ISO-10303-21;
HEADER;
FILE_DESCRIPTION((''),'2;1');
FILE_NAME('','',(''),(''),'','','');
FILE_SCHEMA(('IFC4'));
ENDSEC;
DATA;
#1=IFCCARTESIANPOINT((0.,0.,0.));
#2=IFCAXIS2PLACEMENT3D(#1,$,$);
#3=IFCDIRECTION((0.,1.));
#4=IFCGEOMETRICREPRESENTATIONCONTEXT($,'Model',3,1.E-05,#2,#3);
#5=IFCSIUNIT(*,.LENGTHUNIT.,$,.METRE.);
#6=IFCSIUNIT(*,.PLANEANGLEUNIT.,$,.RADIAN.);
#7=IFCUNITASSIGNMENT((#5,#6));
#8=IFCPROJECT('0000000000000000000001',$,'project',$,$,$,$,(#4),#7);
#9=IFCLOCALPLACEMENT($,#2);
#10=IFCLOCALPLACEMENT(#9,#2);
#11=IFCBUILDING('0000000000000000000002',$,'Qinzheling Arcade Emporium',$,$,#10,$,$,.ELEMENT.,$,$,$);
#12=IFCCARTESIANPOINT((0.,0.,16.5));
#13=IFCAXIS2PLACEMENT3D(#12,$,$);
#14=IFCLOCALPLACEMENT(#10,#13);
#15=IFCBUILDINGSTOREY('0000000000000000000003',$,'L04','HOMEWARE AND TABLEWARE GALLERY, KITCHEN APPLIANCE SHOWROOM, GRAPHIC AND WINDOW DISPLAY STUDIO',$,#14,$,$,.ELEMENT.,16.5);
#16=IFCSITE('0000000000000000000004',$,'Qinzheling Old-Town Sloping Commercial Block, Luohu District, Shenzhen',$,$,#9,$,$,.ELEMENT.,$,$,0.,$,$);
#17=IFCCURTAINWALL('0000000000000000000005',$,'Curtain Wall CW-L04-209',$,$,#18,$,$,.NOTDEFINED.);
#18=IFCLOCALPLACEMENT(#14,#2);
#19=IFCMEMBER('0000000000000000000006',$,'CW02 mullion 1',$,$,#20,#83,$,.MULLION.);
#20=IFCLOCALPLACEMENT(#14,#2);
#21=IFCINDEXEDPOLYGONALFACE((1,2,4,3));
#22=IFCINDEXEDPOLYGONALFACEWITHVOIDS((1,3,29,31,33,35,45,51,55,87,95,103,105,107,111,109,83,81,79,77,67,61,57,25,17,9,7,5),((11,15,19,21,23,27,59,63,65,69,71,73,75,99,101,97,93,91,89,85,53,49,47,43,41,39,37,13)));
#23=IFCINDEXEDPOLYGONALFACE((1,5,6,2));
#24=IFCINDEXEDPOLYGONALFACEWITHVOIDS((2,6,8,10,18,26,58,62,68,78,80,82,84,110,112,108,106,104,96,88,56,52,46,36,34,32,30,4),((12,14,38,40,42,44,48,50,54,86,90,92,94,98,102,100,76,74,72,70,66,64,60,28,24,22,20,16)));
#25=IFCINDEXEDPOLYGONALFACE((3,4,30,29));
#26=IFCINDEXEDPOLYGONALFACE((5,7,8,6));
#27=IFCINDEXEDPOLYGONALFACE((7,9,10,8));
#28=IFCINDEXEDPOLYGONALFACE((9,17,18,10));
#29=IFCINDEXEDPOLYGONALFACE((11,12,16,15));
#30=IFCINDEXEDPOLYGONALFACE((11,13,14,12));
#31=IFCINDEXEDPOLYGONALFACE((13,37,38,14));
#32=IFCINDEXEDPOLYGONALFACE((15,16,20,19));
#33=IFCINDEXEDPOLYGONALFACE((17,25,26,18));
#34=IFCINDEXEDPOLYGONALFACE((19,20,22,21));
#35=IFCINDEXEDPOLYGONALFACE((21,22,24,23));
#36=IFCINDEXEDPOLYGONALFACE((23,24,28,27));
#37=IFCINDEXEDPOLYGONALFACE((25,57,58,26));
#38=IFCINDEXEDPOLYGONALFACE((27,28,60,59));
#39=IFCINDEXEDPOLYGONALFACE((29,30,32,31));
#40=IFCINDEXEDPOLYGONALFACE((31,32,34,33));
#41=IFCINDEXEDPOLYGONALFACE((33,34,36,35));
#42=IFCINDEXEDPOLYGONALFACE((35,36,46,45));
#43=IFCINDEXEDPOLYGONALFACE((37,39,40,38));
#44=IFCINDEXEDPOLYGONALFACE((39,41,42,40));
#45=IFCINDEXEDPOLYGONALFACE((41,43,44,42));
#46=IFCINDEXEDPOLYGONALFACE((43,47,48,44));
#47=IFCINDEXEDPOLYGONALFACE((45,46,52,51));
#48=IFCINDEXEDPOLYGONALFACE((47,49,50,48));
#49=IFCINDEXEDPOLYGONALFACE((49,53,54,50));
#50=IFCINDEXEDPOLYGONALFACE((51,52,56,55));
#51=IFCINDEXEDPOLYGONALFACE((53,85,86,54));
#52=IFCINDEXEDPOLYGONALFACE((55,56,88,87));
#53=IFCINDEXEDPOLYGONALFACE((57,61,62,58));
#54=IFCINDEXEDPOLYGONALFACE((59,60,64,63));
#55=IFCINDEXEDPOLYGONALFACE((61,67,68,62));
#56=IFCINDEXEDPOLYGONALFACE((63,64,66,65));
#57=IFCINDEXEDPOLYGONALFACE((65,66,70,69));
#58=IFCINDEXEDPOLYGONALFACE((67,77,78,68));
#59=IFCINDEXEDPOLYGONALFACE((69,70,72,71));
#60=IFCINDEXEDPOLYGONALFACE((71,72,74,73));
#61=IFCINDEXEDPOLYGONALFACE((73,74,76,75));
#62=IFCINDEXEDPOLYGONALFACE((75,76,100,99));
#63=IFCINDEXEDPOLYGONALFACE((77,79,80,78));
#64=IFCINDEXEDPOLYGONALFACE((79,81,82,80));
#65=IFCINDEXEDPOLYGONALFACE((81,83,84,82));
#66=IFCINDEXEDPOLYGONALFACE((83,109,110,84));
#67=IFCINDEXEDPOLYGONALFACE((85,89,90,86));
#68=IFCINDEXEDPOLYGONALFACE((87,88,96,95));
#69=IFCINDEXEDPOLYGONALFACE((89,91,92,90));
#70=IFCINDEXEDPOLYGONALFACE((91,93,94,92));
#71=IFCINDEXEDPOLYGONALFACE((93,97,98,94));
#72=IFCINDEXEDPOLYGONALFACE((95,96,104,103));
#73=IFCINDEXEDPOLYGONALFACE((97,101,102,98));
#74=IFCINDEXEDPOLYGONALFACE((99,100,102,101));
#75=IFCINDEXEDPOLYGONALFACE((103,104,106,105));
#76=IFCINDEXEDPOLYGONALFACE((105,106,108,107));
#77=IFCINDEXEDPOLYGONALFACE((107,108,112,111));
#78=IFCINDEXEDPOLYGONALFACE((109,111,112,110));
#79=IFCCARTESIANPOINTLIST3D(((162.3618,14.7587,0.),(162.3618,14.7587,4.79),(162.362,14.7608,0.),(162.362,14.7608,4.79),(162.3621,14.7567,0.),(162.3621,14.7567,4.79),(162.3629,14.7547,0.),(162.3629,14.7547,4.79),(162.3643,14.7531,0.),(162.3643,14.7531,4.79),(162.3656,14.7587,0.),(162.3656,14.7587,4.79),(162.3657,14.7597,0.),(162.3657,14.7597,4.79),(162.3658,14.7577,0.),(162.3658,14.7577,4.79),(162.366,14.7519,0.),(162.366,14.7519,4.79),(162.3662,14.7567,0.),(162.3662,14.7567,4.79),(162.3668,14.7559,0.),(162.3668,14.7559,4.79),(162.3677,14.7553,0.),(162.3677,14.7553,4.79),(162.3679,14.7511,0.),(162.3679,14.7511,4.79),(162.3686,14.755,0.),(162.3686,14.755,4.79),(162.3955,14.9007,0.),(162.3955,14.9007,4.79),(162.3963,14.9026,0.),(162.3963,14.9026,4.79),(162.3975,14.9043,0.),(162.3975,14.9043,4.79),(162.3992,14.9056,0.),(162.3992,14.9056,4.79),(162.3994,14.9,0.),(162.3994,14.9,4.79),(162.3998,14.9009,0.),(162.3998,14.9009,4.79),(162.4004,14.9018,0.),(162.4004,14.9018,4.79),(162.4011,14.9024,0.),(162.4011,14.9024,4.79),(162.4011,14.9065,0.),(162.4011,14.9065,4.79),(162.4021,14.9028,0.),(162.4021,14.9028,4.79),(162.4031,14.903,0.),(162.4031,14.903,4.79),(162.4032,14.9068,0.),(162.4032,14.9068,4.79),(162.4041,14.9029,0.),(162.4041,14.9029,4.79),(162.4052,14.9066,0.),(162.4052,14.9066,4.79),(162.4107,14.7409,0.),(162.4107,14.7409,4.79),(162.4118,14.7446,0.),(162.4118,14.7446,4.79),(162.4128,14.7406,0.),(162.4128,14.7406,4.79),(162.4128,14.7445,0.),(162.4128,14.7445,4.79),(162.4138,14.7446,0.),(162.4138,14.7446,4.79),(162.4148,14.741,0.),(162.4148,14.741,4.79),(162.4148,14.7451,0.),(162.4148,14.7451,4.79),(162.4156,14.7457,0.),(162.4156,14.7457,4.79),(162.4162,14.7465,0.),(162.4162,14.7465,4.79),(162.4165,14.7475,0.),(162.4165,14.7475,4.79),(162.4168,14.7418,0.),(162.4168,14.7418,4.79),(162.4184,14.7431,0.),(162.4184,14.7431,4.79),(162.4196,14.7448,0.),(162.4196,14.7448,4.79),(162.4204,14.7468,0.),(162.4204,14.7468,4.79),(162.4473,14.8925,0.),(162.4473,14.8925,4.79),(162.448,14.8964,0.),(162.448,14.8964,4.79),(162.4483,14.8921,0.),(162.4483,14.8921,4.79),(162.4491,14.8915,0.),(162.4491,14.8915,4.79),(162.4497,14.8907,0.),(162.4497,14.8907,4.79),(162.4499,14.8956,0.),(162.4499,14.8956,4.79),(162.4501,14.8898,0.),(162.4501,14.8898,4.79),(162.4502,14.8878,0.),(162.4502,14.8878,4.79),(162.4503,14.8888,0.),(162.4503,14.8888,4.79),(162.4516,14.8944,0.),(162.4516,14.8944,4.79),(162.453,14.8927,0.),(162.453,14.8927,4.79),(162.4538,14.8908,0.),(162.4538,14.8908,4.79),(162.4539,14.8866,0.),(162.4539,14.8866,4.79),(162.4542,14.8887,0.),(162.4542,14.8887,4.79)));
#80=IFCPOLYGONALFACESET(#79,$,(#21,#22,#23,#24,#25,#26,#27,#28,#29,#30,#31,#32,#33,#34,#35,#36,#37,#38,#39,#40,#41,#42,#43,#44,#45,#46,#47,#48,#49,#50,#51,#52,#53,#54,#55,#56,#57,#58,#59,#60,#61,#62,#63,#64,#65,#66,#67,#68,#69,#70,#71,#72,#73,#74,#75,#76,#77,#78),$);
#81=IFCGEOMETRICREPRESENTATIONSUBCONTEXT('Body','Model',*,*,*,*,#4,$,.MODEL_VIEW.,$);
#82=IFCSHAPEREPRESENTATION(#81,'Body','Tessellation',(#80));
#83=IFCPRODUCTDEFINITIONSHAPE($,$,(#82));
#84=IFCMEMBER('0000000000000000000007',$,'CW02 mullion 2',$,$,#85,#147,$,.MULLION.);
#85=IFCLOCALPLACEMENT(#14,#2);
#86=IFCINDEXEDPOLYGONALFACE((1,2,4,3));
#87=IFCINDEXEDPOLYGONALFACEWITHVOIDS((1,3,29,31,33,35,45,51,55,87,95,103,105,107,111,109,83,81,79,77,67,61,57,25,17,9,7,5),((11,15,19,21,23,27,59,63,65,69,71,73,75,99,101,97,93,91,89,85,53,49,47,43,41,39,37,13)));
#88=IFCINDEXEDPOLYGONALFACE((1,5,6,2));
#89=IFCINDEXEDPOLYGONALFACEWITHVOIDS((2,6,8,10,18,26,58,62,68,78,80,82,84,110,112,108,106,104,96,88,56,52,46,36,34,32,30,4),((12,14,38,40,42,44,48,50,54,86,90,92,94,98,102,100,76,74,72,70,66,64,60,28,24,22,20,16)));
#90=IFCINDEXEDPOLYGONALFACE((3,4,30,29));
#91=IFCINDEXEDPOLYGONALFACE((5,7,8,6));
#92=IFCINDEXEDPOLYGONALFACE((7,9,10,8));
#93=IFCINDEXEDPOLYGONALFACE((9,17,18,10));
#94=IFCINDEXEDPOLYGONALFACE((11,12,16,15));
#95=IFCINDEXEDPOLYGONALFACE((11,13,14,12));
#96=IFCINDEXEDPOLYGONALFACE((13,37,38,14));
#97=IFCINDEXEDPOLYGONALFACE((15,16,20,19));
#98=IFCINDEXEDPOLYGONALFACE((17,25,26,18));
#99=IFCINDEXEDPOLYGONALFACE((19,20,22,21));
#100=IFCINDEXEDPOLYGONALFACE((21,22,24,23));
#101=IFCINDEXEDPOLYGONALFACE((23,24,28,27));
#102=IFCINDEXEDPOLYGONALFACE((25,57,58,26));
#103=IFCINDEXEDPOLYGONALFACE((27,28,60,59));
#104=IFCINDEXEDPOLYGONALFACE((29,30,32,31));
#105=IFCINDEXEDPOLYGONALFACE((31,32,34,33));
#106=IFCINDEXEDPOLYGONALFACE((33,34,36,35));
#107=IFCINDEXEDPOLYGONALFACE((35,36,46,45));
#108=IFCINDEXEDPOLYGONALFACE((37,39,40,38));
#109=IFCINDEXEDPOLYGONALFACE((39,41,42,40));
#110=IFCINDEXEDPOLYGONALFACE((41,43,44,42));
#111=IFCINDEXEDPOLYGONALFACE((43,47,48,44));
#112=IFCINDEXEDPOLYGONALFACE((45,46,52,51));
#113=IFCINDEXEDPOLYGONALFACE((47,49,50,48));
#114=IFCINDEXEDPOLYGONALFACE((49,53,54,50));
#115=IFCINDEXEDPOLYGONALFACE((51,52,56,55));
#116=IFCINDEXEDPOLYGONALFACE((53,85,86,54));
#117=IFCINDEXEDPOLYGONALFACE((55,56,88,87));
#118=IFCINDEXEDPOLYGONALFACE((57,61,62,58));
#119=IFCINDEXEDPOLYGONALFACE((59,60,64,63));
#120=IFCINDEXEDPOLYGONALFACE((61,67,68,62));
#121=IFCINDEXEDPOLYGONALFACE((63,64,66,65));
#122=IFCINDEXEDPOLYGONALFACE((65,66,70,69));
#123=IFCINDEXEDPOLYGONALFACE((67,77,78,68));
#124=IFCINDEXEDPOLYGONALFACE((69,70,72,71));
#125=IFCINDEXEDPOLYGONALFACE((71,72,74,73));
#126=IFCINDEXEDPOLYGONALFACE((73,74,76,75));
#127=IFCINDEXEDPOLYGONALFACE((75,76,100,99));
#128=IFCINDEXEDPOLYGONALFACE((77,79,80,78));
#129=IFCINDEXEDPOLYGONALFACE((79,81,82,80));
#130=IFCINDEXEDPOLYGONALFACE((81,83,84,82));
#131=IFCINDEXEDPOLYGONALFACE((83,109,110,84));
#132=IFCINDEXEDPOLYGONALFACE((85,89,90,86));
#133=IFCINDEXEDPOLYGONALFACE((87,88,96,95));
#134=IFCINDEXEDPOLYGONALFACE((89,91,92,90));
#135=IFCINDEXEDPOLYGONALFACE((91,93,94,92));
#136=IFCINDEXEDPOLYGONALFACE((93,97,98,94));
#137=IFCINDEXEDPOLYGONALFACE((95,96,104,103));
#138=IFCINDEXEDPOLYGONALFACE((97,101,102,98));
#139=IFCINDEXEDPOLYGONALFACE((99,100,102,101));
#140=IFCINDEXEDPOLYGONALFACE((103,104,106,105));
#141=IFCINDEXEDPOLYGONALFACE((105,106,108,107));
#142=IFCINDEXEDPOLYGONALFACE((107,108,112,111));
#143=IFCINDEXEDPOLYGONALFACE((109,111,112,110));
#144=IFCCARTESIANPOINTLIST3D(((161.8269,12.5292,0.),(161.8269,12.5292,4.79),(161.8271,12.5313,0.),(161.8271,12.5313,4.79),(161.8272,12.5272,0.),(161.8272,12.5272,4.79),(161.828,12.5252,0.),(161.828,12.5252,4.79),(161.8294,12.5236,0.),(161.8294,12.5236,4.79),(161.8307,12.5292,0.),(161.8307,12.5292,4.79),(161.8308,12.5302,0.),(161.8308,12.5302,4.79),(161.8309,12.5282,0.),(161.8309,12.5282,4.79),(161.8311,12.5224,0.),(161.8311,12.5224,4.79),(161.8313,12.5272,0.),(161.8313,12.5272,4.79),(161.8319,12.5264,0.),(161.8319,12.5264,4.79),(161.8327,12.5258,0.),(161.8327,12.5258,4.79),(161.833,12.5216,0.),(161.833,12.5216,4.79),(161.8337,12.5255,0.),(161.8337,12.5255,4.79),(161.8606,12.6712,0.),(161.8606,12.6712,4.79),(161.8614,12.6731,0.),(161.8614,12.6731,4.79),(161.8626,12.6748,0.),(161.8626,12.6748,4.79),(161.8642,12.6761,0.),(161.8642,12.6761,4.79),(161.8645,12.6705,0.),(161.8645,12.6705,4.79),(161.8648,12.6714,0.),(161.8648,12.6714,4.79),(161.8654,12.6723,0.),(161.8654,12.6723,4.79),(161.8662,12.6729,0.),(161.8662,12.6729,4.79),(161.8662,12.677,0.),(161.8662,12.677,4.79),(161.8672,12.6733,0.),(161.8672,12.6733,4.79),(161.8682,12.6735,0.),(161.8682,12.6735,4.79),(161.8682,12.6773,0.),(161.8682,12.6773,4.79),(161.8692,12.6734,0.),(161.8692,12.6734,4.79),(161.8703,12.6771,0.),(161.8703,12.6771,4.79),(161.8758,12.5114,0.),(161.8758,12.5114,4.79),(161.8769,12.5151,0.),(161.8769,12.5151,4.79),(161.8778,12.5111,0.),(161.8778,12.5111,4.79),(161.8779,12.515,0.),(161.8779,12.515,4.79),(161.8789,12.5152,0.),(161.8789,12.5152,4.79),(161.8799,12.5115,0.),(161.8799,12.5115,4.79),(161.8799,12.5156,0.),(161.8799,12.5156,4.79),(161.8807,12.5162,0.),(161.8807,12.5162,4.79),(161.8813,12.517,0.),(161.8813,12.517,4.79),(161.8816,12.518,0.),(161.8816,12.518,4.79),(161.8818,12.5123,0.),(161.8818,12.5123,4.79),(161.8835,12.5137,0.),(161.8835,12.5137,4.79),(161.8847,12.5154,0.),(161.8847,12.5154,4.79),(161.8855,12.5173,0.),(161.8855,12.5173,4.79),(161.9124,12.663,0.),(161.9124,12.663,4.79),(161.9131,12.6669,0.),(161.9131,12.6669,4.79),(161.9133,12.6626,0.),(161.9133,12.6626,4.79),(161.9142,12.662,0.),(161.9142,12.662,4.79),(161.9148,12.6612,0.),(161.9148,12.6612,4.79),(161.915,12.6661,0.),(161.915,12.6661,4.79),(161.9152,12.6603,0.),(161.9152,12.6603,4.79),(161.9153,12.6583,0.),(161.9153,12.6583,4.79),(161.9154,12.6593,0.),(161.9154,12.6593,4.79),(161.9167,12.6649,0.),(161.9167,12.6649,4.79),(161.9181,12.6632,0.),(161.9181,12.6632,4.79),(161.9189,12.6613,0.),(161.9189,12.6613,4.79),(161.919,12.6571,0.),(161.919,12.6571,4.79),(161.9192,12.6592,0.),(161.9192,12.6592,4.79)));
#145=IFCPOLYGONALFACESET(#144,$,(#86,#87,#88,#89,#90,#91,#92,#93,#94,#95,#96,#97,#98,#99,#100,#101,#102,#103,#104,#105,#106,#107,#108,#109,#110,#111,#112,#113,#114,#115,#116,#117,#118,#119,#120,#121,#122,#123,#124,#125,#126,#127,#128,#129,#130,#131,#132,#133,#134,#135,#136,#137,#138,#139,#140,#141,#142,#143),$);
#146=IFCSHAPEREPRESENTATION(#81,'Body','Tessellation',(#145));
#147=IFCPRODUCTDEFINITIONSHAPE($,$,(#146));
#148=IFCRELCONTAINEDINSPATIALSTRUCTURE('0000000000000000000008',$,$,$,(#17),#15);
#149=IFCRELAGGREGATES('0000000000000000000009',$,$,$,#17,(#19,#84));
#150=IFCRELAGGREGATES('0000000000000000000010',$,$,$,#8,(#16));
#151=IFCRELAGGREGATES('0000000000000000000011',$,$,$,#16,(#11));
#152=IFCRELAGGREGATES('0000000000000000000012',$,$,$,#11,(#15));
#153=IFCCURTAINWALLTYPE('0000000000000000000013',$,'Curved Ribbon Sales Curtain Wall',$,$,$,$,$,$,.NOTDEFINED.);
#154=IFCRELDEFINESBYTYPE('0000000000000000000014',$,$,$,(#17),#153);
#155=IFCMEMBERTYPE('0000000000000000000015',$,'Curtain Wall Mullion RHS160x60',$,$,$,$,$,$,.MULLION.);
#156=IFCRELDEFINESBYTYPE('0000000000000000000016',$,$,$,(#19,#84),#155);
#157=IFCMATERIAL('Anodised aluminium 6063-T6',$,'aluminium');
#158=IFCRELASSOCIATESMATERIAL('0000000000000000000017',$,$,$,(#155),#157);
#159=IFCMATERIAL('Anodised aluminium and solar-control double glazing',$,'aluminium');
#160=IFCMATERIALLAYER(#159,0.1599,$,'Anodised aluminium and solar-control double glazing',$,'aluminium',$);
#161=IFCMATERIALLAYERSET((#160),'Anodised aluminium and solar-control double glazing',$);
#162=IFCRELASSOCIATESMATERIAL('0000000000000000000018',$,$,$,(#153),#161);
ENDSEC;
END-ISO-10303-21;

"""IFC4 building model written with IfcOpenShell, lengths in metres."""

from ifc_helpers import new_model, si_unit, direction, frame, origin, origin_2d, place, context, subcontext, project, spatial, hollow_rectangle, extrude, material, layer, layer_set, material_profile, profile_set, type_object, element, aggregate, save


model = new_model("IFC4")

# Units and contexts
model_context = context("Model", 3, precision=1e-05, world=origin(), true_north=direction((0.0, 1.0)))
body_context = subcontext(model_context, "Body", "Model", "MODEL_VIEW")
ifc_project = project(units=[si_unit("LENGTHUNIT", "METRE"), si_unit("PLANEANGLEUNIT", "RADIAN")], contexts=[model_context])

# Site, building, storey
site_placement = place(None, origin())
site = spatial("IfcSite", under=ifc_project, at=site_placement, Name="Qinzheling Old-Town Sloping Commercial Block, Luohu District, Shenzhen", CompositionType="ELEMENT", RefElevation=0.0)
building_placement = place(site_placement, origin())
building = spatial("IfcBuilding", under=site, at=building_placement, Name="Qinzheling Arcade Emporium", CompositionType="ELEMENT")
storey_placement = place(building_placement, frame((0.0, 0.0, 16.5)))
storey = spatial("IfcBuildingStorey", under=building, at=storey_placement, Name="L04", Description="HOMEWARE AND TABLEWARE GALLERY, KITCHEN APPLIANCE SHOWROOM, GRAPHIC AND WINDOW DISPLAY STUDIO", CompositionType="ELEMENT", Elevation=16.5)

# Curtain wall, members
ifc_material_1 = material(Name="Anodised aluminium and solar-control double glazing", Category="aluminium")
ifc_material_2 = material(Name="Anodised aluminium 6063-T6", Category="aluminium")
ifc_material_profile_1 = material_profile(ifc_material_2, hollow_rectangle(XDim=0.0601, YDim=0.1599, WallThickness=0.0039, InnerFilletRadius=0.0039, OuterFilletRadius=0.0081, at=origin_2d()), Name="RHS 160x60x4", Category="aluminium")
ifc_profile_set_1 = profile_set([ifc_material_profile_1], Name="Anodised aluminium 6063-T6")
member_type_1 = type_object("IfcMemberType", Name="Curtain Wall Mullion RHS160x60", PredefinedType="MULLION", material=ifc_profile_set_1)
ifc_layer_1 = layer(ifc_material_1, 0.1599, Name="Anodised aluminium and solar-control double glazing", Category="aluminium")
ifc_layer_set_1 = layer_set([ifc_layer_1], Name="Anodised aluminium and solar-control double glazing")
curtain_wall_type_1 = type_object("IfcCurtainWallType", Name="Curved Ribbon Sales Curtain Wall", PredefinedType="NOTDEFINED", material=ifc_layer_set_1)
curtain_wall_1_placement = place(storey_placement, origin())
curtain_wall_1 = element("IfcCurtainWall", 1, at=curtain_wall_1_placement, inside=storey, type_object=curtain_wall_type_1, Name="Curtain Wall CW-L04-209", PredefinedType="NOTDEFINED")
member_1_placement = place(storey_placement, frame((162.408, 14.8237, 0.0), z_axis=(0.0, 0.0, 1.0), x_axis=(0.972399, -0.233325, 0.0)))
member_1 = element("IfcMember", 2, at=member_1_placement, type_object=member_type_1, Name="CW02 mullion 1", PredefinedType="MULLION", context=body_context, shape_type="SweptSolid", body=[
    extrude(hollow_rectangle(XDim=0.0601, YDim=0.1599, WallThickness=0.0039, InnerFilletRadius=0.0039, OuterFilletRadius=0.0081, at=origin_2d()), origin(), (0.0, 0.0, 1.0), 4.79),
])
member_2_placement = place(storey_placement, frame((161.873, 12.5942, 0.0), z_axis=(0.0, 0.0, 1.0), x_axis=(0.972399, -0.233325, 0.0)))
member_2 = element("IfcMember", 3, at=member_2_placement, type_object=member_type_1, Name="CW02 mullion 2", PredefinedType="MULLION", context=body_context, shape_type="SweptSolid", body=[
    extrude(hollow_rectangle(XDim=0.0601, YDim=0.1599, WallThickness=0.0039, InnerFilletRadius=0.0039, OuterFilletRadius=0.0081, at=origin_2d()), origin(), (0.0, 0.0, 1.0), 4.79),
])

aggregate(curtain_wall_1, [member_1, member_2])

save(model, "model.ifc")
